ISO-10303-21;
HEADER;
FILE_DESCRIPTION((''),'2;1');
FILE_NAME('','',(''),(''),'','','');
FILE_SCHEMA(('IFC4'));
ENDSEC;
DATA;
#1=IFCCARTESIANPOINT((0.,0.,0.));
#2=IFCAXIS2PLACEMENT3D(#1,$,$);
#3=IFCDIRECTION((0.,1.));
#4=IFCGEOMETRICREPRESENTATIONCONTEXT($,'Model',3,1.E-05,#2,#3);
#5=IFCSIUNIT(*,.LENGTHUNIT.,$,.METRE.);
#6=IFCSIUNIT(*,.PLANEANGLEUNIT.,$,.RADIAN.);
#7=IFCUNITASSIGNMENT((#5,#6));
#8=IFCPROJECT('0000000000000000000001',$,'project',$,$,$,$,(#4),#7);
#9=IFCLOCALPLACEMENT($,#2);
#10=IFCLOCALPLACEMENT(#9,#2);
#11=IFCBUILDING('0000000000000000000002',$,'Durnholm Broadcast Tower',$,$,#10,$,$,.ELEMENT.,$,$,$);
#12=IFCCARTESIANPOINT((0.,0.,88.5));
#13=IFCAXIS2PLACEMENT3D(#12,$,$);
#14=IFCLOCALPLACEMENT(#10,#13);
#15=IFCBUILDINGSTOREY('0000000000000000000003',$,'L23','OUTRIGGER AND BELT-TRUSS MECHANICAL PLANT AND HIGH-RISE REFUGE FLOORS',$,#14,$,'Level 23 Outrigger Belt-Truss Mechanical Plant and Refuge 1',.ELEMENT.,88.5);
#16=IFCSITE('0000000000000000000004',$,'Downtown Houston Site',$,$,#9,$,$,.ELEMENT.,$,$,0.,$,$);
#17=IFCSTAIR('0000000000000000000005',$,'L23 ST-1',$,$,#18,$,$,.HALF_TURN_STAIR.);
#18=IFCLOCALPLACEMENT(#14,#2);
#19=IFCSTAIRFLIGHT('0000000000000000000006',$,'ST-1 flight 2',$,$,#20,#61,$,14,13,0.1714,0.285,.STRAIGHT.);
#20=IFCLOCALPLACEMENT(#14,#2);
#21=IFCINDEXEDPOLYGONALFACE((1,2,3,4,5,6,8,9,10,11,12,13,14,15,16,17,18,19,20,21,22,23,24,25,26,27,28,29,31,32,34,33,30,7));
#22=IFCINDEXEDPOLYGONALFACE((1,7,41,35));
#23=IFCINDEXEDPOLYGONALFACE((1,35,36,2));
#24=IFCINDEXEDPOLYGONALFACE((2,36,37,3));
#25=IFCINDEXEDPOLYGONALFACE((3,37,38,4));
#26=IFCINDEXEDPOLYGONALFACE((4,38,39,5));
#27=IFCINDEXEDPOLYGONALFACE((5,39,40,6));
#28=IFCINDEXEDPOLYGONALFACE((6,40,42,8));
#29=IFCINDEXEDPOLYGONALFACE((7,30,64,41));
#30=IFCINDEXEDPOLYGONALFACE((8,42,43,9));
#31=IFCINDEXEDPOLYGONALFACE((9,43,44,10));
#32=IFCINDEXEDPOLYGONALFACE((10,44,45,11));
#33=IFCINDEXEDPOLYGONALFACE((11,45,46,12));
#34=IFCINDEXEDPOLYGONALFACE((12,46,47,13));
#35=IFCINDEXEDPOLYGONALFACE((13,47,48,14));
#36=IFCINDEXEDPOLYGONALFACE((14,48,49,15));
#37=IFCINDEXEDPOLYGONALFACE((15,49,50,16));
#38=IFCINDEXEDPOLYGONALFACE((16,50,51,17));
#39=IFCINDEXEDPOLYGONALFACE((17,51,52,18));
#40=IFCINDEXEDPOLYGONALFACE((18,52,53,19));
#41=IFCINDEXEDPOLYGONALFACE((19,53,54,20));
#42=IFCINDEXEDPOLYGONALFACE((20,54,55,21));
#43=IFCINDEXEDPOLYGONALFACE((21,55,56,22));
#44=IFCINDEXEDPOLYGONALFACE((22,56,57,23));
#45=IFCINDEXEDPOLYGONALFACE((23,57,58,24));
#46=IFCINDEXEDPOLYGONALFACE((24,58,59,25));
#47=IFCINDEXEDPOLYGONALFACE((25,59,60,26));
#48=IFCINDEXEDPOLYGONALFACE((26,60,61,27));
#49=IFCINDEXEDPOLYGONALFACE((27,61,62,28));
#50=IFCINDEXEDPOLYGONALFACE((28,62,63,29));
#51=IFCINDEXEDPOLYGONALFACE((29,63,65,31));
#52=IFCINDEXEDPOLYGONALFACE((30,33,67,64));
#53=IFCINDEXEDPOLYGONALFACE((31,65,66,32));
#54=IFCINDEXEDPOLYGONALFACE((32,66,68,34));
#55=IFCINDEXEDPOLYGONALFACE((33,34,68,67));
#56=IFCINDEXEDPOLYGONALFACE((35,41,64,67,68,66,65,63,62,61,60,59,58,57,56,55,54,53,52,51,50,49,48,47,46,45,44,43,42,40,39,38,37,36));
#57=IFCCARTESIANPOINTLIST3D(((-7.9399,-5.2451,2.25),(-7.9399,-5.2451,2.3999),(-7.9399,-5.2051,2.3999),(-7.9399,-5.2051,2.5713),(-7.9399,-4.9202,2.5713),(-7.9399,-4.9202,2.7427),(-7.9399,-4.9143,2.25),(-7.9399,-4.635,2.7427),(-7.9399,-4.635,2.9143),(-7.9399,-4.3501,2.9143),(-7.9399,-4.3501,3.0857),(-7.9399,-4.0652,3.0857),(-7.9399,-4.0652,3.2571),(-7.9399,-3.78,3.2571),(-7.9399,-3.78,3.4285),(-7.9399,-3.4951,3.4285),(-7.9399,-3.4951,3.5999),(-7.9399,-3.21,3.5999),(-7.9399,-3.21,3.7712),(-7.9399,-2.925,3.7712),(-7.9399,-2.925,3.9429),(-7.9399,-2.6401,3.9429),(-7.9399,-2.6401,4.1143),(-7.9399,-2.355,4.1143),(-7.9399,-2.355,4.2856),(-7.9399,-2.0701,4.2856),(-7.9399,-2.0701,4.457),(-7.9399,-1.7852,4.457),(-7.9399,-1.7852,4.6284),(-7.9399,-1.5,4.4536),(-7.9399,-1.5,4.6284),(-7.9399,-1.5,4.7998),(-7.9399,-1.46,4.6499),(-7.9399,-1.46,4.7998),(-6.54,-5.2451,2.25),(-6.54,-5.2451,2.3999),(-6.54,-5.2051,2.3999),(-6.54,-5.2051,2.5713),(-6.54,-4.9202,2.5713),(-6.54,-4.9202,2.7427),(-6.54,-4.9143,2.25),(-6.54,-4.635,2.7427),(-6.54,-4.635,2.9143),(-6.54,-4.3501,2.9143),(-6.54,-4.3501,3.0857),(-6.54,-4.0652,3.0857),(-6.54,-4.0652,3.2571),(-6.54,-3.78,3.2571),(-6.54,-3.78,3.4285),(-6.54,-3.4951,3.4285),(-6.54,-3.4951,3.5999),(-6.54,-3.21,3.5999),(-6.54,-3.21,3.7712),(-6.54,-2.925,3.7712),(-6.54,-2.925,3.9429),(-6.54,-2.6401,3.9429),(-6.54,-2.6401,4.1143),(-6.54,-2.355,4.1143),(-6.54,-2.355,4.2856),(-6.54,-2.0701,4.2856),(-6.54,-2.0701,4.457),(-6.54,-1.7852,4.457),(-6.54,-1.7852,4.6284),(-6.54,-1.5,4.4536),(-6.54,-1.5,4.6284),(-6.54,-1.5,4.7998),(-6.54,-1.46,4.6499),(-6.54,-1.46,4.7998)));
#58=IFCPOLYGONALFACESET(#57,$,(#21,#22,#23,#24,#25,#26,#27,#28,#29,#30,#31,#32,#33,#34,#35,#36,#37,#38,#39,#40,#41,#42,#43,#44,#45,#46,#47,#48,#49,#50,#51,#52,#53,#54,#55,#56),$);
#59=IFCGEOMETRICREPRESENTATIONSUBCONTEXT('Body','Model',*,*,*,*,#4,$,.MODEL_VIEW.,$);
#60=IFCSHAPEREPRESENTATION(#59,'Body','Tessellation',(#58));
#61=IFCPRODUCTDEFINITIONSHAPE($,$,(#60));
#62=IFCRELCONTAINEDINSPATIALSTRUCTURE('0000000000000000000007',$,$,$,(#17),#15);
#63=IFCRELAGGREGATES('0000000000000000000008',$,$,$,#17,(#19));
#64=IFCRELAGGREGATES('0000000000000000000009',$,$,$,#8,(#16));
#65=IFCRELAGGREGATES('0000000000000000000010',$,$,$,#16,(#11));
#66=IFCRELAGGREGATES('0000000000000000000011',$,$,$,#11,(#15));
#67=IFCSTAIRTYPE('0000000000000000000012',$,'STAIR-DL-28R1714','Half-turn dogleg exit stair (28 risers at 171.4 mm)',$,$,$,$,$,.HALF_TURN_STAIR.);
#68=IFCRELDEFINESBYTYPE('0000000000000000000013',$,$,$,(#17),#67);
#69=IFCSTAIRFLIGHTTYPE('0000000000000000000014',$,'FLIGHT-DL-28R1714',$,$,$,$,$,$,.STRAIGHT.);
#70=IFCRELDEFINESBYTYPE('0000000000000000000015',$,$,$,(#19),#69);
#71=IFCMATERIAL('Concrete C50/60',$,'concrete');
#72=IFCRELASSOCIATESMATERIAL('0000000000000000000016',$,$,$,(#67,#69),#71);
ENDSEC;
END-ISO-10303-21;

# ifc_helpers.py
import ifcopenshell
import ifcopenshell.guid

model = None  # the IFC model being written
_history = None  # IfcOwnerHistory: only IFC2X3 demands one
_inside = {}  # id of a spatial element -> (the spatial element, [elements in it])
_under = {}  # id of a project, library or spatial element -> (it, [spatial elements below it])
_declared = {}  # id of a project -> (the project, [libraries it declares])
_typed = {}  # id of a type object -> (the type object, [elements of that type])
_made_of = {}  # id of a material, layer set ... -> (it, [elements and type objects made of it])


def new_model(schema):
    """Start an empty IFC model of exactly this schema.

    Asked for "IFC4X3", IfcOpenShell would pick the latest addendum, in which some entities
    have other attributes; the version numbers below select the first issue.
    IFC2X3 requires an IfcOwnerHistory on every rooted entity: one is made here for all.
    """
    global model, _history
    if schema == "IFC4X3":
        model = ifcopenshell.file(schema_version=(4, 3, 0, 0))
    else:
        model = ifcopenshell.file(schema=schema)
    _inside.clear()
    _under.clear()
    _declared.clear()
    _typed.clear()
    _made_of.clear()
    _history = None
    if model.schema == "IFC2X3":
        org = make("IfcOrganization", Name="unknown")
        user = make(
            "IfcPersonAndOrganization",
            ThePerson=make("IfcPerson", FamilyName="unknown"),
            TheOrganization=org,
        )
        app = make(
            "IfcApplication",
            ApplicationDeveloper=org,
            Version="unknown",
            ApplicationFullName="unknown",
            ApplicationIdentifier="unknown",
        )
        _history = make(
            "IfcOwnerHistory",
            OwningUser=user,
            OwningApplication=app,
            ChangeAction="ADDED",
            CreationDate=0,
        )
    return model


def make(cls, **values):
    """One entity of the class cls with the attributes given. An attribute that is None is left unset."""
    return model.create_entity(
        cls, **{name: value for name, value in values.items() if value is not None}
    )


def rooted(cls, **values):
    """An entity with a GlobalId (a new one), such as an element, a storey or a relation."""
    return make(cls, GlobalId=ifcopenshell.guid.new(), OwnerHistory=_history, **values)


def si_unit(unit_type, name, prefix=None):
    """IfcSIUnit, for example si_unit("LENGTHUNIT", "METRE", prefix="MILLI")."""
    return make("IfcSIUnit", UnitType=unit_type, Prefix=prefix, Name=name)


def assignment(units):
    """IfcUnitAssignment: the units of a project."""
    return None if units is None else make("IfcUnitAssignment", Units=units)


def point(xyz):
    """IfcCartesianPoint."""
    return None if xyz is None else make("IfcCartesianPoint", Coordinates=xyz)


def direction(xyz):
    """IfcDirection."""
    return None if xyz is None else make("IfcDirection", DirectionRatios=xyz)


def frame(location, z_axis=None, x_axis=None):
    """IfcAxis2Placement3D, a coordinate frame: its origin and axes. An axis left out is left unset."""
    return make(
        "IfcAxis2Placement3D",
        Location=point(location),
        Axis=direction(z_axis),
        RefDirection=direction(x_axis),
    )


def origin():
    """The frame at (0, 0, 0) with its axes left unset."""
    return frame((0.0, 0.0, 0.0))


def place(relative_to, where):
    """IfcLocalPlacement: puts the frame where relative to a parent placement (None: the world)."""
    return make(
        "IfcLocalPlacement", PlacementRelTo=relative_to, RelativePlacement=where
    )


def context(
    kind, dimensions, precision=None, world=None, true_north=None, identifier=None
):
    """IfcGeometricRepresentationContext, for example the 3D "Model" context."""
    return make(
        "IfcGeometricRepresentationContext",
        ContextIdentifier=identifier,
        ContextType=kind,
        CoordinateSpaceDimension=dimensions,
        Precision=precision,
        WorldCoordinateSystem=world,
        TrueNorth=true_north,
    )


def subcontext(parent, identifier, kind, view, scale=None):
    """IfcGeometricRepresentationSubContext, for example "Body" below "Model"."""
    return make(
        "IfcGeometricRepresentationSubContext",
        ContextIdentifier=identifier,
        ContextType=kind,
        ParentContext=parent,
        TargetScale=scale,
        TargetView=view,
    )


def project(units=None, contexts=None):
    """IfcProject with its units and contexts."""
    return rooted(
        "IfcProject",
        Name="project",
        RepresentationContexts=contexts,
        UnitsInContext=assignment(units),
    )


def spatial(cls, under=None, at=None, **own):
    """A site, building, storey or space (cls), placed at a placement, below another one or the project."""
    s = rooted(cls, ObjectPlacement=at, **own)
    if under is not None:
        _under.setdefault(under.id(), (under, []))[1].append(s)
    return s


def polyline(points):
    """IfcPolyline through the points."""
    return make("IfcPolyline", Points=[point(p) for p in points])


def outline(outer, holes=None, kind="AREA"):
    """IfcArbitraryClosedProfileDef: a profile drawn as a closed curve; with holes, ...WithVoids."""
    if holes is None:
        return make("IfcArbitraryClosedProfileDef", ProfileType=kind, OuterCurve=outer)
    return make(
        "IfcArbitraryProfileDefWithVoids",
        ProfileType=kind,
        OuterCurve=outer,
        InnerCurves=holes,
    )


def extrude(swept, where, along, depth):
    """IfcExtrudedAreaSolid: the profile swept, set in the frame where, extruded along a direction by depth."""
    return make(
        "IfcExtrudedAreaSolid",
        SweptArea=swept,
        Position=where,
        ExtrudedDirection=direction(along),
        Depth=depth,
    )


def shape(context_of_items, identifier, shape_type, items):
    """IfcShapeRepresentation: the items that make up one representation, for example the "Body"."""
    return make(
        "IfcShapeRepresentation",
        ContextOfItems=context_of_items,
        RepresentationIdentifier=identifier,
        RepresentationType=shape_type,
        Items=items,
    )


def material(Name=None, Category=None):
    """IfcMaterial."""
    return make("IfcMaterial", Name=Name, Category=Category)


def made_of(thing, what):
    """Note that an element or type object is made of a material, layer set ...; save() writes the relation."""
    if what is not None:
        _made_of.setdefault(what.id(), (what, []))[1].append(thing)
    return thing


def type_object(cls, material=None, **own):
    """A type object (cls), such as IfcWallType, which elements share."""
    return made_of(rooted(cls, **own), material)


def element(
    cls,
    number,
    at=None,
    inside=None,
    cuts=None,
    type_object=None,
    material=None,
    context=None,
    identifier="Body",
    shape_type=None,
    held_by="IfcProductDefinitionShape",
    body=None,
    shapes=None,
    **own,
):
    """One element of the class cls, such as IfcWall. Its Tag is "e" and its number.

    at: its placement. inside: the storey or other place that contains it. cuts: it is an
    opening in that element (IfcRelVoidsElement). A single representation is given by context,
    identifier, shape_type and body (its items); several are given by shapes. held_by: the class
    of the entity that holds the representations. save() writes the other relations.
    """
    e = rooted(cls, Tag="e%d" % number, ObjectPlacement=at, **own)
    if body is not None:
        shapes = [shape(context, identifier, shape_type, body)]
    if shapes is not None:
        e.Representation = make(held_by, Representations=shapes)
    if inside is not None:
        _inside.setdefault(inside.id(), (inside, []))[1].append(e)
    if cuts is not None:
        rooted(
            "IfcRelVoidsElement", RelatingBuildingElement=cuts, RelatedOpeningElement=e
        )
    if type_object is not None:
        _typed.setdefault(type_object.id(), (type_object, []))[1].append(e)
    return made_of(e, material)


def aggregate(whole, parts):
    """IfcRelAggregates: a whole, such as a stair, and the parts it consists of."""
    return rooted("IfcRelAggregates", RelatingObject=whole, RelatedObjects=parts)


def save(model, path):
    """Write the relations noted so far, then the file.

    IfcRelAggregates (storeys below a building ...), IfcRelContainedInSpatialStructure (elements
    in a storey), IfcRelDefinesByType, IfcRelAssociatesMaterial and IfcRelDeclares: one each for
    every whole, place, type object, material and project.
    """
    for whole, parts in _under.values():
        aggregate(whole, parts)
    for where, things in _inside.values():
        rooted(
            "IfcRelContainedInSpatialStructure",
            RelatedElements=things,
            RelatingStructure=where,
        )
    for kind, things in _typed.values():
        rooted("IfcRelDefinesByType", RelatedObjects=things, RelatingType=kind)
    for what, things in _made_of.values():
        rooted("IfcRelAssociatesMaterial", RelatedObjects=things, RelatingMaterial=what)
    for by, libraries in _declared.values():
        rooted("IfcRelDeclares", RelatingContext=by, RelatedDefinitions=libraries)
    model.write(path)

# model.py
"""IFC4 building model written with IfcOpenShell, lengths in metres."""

from ifc_helpers import new_model, si_unit, direction, frame, origin, place, context, subcontext, project, spatial, polyline, outline, extrude, material, type_object, element, aggregate, save


model = new_model("IFC4")

# Units and contexts
model_context = context("Model", 3, precision=1e-05, world=origin(), true_north=direction((0.0, 1.0)))
body_context = subcontext(model_context, "Body", "Model", "MODEL_VIEW")
ifc_project = project(units=[si_unit("LENGTHUNIT", "METRE"), si_unit("PLANEANGLEUNIT", "RADIAN")], contexts=[model_context])

# Site, building, storey
site_placement = place(None, origin())
site = spatial("IfcSite", under=ifc_project, at=site_placement, Name="Downtown Houston Site", CompositionType="ELEMENT", RefElevation=0.0)
building_placement = place(site_placement, origin())
building = spatial("IfcBuilding", under=site, at=building_placement, Name="Durnholm Broadcast Tower", CompositionType="ELEMENT")
storey_placement = place(building_placement, frame((0.0, 0.0, 88.5)))
storey = spatial("IfcBuildingStorey", under=building, at=storey_placement, Name="L23", Description="OUTRIGGER AND BELT-TRUSS MECHANICAL PLANT AND HIGH-RISE REFUGE FLOORS", LongName="Level 23 Outrigger Belt-Truss Mechanical Plant and Refuge 1", CompositionType="ELEMENT", Elevation=88.5)

# Shared definitions
ifc_material_1 = material(Name="Concrete C50/60", Category="concrete")

# Stair
stair_type = type_object("IfcStairType", Name="STAIR-DL-28R1714", Description="Half-turn dogleg exit stair (28 risers at 171.4 mm)", PredefinedType="HALF_TURN_STAIR", material=ifc_material_1)
stair_1_placement = place(storey_placement, origin())
stair_1 = element("IfcStair", 1, at=stair_1_placement, inside=storey, type_object=stair_type, Name="L23 ST-1", PredefinedType="HALF_TURN_STAIR")

# Stair flight
stair_flight_type = type_object("IfcStairFlightType", Name="FLIGHT-DL-28R1714", PredefinedType="STRAIGHT", material=ifc_material_1)
stair_flight_1_placement = place(storey_placement, frame((-7.24, -5.2051, 2.3999), z_axis=(0.0, 0.0, 1.0), x_axis=(0.0, 1.0, 0.0)))
stair_flight_1 = element("IfcStairFlight", 2, at=stair_flight_1_placement, type_object=stair_flight_type, Name="ST-1 flight 2", NumberOfRisers=14, NumberOfTreads=13, PredefinedType="STRAIGHT", RiserHeight=0.1714, TreadLength=0.285, context=body_context, shape_type="SweptSolid", body=[
    extrude(outline(polyline([(-0.04, -0.1499), (-0.04, 0.0), (0.0, 0.0), (0.0, 0.1714), (0.2849, 0.1714), (0.2849, 0.3428), (0.5701, 0.3428), (0.5701, 0.5144), (0.855, 0.5144), (0.855, 0.6858), (1.1399, 0.6858), (1.1399, 0.8572), (1.425, 0.8572), (1.425, 1.0286), (1.71, 1.0286), (1.71, 1.2), (1.9951, 1.2), (1.9951, 1.3713), (2.28, 1.3713), (2.28, 1.543), (2.5649, 1.543), (2.5649, 1.7144), (2.8501, 1.7144), (2.8501, 1.8857), (3.135, 1.8857), (3.135, 2.0571), (3.4199, 2.0571), (3.4199, 2.2285), (3.7051, 2.2285), (3.7051, 2.3999), (3.7451, 2.3999), (3.7451, 2.25), (3.7051, 2.0537), (0.2908, -0.1499), (-0.04, -0.1499)])), frame((0.0, 0.7, 0.0), z_axis=(0.0, -1.0, 0.0), x_axis=(1.0, 0.0, 0.0)), (0.0, 0.0, 1.0), 1.3999),
])
aggregate(stair_1, [stair_flight_1])

save(model, "model.ifc")
